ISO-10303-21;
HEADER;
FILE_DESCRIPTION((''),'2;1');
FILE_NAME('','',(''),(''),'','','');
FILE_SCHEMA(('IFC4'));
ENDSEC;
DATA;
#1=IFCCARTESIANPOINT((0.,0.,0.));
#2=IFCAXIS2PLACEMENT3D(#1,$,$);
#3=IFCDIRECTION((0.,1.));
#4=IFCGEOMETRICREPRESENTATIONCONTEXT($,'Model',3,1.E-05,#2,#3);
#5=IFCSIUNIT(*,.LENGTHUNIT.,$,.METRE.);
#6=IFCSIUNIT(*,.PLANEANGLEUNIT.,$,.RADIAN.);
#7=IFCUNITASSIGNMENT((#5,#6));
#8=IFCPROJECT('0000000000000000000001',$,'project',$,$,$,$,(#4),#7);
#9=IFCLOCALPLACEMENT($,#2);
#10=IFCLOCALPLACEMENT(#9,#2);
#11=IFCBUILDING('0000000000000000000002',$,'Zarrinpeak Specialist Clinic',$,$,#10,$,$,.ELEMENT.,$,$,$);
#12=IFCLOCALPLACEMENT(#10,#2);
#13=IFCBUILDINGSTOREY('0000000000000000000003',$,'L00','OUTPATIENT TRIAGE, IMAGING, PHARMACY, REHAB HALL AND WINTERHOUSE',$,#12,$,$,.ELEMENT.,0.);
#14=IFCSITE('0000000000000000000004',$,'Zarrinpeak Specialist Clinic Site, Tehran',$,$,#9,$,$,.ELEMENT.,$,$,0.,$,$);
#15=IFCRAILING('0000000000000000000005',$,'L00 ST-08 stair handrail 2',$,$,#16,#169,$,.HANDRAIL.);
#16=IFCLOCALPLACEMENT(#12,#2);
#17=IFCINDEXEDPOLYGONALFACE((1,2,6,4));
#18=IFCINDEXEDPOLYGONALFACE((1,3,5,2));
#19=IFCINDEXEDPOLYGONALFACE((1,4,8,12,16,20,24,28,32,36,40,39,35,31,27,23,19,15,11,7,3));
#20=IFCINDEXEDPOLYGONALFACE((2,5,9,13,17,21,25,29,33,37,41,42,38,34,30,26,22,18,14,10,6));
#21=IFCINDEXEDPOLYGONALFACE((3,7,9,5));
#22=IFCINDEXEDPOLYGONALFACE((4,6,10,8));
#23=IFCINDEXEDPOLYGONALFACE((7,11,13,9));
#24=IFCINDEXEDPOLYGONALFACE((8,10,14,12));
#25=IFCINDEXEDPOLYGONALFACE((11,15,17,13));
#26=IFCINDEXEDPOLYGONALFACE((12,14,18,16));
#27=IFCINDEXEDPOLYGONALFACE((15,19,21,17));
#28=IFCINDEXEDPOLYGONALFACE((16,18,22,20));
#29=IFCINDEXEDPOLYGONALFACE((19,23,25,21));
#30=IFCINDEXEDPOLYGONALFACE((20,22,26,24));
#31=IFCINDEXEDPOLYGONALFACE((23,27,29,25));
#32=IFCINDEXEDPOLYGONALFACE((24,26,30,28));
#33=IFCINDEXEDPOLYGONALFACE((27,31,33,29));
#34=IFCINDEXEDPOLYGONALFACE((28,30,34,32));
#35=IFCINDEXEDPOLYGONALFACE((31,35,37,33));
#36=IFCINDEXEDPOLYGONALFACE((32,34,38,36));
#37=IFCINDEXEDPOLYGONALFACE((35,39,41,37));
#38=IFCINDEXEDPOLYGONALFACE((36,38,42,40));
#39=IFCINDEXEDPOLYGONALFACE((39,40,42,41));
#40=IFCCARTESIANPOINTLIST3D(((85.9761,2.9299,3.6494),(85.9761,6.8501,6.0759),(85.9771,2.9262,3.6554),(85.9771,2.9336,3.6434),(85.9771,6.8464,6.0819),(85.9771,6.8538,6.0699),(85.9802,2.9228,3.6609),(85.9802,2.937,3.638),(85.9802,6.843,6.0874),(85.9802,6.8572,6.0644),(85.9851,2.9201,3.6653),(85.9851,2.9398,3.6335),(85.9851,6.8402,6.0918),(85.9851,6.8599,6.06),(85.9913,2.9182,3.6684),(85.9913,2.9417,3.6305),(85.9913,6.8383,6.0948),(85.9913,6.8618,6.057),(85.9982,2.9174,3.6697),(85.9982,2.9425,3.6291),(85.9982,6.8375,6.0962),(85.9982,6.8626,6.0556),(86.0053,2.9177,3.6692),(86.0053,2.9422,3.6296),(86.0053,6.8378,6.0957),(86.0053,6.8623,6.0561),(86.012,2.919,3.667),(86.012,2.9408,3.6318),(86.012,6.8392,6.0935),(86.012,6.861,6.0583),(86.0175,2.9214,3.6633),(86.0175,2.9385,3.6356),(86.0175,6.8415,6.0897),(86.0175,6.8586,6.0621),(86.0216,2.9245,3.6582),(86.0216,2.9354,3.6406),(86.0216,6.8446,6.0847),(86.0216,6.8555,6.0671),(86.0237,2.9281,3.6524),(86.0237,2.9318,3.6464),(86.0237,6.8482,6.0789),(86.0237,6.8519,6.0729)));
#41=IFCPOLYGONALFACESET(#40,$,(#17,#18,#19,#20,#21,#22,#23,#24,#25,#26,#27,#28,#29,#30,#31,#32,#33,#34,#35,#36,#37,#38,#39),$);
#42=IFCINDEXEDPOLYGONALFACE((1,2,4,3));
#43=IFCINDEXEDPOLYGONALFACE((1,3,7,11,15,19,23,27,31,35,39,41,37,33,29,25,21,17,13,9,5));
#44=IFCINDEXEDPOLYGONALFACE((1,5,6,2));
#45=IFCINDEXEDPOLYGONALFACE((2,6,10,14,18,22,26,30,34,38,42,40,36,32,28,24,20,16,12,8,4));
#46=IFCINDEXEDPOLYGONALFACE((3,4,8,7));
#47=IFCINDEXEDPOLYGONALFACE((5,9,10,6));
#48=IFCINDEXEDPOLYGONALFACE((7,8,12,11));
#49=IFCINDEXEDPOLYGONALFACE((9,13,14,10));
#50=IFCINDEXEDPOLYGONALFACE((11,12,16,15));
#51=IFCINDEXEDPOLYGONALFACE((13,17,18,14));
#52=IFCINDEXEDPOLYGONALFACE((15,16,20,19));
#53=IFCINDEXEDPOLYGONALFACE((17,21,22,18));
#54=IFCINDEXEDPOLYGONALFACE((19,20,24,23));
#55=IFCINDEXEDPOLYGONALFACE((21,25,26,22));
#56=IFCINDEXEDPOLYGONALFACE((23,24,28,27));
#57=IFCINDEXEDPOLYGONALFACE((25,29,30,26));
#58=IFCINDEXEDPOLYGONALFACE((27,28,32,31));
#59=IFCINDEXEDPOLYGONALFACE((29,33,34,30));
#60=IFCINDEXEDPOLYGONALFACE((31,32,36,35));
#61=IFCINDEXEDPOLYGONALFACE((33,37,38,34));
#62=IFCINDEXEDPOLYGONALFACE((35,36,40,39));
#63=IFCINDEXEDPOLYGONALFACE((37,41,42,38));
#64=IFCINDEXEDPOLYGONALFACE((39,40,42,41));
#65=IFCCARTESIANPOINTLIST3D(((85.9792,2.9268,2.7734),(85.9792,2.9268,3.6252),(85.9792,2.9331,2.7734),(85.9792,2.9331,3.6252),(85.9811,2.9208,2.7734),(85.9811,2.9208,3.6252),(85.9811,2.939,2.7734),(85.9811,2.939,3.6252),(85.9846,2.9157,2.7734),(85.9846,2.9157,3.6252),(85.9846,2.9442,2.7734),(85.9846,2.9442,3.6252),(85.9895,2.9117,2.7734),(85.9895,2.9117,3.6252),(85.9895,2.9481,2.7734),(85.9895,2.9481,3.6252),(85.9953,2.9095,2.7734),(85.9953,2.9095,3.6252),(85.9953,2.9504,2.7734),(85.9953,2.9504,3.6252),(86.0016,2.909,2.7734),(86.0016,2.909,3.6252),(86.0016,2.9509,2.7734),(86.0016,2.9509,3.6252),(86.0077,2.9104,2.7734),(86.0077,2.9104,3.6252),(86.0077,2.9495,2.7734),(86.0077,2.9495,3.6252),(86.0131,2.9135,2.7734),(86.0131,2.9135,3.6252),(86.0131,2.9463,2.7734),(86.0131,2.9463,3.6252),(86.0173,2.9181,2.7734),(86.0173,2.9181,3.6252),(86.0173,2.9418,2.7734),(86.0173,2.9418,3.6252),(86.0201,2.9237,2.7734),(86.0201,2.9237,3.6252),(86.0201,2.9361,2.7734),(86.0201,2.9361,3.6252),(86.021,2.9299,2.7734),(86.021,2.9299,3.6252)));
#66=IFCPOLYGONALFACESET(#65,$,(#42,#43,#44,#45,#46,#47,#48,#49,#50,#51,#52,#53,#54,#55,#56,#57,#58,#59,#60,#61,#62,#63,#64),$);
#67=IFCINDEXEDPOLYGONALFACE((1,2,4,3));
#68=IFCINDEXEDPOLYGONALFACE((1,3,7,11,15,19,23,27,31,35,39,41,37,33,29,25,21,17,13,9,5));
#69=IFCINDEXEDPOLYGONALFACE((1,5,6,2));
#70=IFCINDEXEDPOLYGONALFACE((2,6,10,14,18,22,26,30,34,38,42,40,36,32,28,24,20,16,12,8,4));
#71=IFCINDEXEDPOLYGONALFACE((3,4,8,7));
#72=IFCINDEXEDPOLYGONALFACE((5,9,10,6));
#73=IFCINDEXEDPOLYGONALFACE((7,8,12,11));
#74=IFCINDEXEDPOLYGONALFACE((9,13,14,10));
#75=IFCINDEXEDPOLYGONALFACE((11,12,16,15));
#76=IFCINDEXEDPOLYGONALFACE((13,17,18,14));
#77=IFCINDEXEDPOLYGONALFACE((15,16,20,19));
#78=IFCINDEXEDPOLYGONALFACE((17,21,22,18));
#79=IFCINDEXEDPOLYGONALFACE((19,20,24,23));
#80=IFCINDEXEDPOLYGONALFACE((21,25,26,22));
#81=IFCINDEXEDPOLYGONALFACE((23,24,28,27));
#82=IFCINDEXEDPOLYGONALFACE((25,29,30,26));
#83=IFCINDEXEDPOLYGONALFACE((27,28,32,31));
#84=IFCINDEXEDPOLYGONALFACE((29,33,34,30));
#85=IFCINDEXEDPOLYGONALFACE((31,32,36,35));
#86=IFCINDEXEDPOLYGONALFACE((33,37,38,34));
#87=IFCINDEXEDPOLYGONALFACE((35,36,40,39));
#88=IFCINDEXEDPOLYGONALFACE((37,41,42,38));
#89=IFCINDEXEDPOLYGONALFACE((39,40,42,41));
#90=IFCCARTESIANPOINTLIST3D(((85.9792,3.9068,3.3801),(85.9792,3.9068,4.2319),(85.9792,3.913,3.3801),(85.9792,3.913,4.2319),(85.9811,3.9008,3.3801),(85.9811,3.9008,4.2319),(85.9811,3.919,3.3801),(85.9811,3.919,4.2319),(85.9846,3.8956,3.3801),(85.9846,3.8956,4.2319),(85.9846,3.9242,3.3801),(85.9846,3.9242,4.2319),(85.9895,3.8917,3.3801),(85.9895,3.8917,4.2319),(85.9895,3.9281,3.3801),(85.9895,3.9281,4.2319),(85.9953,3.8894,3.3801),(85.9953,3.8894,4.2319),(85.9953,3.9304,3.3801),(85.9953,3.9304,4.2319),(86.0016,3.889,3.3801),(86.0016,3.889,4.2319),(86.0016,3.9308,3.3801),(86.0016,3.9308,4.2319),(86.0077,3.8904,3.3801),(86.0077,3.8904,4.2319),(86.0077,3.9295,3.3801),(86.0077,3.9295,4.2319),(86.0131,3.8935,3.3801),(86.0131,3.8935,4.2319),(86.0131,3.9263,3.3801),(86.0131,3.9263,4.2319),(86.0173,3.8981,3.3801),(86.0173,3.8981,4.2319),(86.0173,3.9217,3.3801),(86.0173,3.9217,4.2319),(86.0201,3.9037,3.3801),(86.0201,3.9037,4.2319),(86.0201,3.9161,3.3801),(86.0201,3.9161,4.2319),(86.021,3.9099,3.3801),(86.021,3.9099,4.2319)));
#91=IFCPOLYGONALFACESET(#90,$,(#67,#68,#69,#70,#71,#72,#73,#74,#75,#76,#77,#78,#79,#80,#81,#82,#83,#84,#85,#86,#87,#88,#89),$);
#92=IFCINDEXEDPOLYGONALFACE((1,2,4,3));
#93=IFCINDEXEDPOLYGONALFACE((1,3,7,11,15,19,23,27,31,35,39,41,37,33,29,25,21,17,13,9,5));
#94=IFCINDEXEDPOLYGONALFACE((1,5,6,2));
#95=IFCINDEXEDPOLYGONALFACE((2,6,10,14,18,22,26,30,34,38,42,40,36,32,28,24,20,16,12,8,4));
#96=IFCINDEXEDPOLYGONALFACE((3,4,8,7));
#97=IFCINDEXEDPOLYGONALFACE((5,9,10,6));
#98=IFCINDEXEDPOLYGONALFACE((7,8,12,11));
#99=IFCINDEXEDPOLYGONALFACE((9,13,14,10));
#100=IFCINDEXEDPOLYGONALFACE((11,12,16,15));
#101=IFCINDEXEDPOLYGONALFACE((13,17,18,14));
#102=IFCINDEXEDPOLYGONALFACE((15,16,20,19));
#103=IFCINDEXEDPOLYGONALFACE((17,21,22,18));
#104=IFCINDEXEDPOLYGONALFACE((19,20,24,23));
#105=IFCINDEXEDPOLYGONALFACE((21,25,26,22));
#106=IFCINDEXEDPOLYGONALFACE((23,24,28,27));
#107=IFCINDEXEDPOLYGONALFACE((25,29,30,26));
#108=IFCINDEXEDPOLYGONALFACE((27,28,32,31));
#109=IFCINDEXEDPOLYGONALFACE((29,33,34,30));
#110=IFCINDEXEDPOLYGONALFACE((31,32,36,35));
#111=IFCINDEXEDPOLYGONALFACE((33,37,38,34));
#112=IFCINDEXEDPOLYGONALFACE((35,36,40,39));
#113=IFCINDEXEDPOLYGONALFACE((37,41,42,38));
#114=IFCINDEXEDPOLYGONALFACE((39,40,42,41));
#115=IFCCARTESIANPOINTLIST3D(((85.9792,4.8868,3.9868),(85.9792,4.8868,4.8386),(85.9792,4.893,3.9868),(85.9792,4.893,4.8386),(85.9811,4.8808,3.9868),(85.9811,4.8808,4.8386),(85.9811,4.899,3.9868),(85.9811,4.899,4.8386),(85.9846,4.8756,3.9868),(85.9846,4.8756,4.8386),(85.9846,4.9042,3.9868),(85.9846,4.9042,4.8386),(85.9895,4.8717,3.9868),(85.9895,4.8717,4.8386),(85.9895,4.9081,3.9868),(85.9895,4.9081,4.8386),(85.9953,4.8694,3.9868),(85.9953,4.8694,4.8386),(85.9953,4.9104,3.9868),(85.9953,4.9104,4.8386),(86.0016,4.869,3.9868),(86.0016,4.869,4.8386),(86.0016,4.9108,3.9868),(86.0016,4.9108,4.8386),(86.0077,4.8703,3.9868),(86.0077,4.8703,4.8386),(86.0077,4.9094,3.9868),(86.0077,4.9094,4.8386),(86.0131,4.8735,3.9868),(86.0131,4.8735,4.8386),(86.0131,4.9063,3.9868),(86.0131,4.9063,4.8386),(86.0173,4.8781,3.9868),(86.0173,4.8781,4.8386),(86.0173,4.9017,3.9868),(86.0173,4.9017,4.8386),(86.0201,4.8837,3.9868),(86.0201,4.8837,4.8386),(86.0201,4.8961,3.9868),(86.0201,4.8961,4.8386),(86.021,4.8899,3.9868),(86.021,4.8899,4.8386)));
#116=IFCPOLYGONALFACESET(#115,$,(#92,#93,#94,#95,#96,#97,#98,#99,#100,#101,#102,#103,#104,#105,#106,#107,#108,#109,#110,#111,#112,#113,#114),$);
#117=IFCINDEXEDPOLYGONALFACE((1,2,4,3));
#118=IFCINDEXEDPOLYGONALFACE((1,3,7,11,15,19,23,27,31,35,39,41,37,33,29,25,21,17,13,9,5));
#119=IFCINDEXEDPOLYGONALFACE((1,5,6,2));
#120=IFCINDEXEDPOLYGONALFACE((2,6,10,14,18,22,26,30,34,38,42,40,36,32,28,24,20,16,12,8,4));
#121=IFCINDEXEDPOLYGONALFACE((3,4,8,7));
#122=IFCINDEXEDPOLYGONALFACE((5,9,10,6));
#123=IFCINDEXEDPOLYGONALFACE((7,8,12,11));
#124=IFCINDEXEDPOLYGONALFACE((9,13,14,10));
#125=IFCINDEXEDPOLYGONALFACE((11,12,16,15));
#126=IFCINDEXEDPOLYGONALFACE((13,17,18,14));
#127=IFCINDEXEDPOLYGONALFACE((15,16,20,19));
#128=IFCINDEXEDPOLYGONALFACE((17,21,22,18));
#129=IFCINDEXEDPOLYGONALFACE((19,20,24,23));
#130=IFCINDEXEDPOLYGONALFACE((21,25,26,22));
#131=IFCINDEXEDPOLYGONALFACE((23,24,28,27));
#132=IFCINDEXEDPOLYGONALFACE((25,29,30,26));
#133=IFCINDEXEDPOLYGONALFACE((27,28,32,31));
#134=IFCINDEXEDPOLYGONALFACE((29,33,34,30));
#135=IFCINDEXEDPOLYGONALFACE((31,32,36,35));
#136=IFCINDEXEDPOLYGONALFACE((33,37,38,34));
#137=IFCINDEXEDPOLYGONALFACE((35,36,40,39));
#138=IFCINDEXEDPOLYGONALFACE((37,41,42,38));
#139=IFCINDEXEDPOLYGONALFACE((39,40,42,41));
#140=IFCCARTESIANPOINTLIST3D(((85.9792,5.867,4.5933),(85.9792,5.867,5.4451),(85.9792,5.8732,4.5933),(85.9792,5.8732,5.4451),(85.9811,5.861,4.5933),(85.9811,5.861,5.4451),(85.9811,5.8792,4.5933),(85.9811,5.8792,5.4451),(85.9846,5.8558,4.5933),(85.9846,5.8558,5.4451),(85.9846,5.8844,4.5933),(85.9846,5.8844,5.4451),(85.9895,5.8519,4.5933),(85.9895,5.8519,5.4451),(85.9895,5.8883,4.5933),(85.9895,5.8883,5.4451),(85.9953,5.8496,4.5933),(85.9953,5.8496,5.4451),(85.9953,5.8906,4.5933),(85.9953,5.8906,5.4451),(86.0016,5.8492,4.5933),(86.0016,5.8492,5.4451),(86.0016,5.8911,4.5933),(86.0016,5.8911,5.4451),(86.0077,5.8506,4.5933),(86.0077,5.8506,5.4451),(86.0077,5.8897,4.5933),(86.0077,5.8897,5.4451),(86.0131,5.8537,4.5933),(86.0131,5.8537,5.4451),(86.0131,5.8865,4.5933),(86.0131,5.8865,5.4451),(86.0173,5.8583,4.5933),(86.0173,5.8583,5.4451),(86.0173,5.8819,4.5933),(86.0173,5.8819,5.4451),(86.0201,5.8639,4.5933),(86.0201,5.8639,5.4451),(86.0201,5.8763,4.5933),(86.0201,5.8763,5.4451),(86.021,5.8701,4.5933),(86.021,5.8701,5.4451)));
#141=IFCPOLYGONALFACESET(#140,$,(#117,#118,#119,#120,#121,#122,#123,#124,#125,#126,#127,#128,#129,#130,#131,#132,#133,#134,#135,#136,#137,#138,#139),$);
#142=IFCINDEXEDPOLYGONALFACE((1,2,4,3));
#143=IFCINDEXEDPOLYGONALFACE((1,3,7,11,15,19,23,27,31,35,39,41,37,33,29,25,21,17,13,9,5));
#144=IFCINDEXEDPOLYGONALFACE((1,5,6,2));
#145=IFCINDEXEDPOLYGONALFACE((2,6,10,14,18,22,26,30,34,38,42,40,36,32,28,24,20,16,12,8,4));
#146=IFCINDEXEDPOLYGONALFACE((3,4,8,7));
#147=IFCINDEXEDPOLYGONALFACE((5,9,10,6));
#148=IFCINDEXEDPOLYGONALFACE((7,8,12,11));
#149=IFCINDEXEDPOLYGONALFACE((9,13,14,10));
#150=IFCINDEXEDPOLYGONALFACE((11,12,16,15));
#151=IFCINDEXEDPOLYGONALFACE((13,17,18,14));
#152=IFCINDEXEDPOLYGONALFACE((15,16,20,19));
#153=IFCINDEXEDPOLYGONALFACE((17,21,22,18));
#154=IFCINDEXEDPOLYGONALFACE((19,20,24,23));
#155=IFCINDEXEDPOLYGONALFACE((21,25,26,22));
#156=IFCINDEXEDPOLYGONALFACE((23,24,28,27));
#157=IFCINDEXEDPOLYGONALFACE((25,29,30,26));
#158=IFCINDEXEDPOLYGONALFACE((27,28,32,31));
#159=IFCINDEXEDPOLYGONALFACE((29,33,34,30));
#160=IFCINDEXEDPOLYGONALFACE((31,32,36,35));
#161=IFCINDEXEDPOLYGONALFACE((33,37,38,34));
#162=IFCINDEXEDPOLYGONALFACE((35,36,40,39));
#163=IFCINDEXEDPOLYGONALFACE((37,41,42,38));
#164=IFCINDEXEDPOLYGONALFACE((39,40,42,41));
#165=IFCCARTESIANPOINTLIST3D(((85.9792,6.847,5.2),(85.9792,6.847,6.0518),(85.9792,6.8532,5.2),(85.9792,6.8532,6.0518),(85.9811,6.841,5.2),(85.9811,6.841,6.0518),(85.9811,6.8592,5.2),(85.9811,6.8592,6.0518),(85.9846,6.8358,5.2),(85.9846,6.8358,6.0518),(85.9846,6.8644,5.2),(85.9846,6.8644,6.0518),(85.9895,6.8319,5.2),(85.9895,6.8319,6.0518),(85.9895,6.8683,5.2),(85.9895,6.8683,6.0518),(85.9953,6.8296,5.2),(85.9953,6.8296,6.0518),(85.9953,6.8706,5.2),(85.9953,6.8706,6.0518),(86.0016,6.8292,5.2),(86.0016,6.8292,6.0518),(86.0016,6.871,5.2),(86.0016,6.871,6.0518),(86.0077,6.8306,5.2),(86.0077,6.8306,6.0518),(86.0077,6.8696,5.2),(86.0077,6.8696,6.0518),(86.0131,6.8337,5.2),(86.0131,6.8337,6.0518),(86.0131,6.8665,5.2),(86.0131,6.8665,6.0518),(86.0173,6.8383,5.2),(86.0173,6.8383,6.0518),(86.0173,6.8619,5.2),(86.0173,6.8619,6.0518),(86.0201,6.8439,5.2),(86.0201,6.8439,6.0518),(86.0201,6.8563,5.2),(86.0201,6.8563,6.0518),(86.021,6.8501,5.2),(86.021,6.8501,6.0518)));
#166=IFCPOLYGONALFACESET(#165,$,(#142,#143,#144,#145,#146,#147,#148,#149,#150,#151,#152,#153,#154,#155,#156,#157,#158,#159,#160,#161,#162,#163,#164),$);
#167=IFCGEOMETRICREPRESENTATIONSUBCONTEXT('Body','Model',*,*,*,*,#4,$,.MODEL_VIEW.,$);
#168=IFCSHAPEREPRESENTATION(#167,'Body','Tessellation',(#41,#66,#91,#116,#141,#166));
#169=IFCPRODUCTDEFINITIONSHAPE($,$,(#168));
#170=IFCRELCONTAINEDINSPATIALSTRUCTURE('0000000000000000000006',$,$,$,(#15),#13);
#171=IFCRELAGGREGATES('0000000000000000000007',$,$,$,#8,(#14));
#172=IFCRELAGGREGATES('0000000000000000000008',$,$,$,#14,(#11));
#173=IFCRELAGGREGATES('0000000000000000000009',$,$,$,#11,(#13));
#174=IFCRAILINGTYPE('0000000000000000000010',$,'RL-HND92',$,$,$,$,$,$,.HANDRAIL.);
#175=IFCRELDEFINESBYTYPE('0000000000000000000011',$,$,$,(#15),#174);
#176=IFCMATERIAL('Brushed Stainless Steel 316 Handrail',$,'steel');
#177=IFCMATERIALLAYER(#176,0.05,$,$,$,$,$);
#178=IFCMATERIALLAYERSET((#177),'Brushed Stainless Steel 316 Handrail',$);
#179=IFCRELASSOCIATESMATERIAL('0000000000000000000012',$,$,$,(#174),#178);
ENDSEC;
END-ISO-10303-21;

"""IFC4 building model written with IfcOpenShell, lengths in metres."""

from ifc_helpers import new_model, si_unit, direction, frame, origin, origin_2d, place, context, subcontext, project, spatial, circle, extrude, material, layer, layer_set, type_object, element, save


model = new_model("IFC4")

# Units and contexts
model_context = context("Model", 3, precision=1e-05, world=origin(), true_north=direction((0.0, 1.0)))
body_context = subcontext(model_context, "Body", "Model", "MODEL_VIEW")
ifc_project = project(units=[si_unit("LENGTHUNIT", "METRE"), si_unit("PLANEANGLEUNIT", "RADIAN")], contexts=[model_context])

# Site, building, storey
site_placement = place(None, origin())
site = spatial("IfcSite", under=ifc_project, at=site_placement, Name="Zarrinpeak Specialist Clinic Site, Tehran", CompositionType="ELEMENT", RefElevation=0.0)
building_placement = place(site_placement, origin())
building = spatial("IfcBuilding", under=site, at=building_placement, Name="Zarrinpeak Specialist Clinic", CompositionType="ELEMENT")
storey_placement = place(building_placement, origin())
storey = spatial("IfcBuildingStorey", under=building, at=storey_placement, Name="L00", Description="OUTPATIENT TRIAGE, IMAGING, PHARMACY, REHAB HALL AND WINTERHOUSE", CompositionType="ELEMENT", Elevation=0.0)

# Railing
ifc_material_1 = material(Name="Brushed Stainless Steel 316 Handrail", Category="steel")
ifc_layer_1 = layer(ifc_material_1, 0.05)
ifc_layer_set_1 = layer_set([ifc_layer_1], Name="Brushed Stainless Steel 316 Handrail")
railing_type_1 = type_object("IfcRailingType", Name="RL-HND92", PredefinedType="HANDRAIL", material=ifc_layer_set_1)
railing_1_placement = place(storey_placement, frame((86.0, 2.9299, 2.7734)))
element("IfcRailing", 1, at=railing_1_placement, inside=storey, type_object=railing_type_1, Name="L00 ST-08 stair handrail 2", PredefinedType="HANDRAIL", context=body_context, shape_type="SweptSolid", body=[
    extrude(circle(Radius=0.0239, at=origin_2d()), frame((0.0, 0.0, 0.876), z_axis=(0.0, 0.85029, 0.526315), x_axis=(-1.0, 0.0, 0.0)), (0.0, 0.0, 1.0), 4.6104),
    extrude(circle(Radius=0.021, at=origin_2d()), origin(), (0.0, 0.0, 1.0), 0.8518),
    extrude(circle(Radius=0.021, at=origin_2d()), frame((0.0, 0.98, 0.6067)), (0.0, 0.0, 1.0), 0.8518),
    extrude(circle(Radius=0.021, at=origin_2d()), frame((0.0, 1.96, 1.2134)), (0.0, 0.0, 1.0), 0.8518),
    extrude(circle(Radius=0.021, at=origin_2d()), frame((0.0, 2.9402, 1.8198)), (0.0, 0.0, 1.0), 0.8518),
    extrude(circle(Radius=0.021, at=origin_2d()), frame((0.0, 3.9202, 2.4265)), (0.0, 0.0, 1.0), 0.8518),
])

save(model, "model.ifc")
